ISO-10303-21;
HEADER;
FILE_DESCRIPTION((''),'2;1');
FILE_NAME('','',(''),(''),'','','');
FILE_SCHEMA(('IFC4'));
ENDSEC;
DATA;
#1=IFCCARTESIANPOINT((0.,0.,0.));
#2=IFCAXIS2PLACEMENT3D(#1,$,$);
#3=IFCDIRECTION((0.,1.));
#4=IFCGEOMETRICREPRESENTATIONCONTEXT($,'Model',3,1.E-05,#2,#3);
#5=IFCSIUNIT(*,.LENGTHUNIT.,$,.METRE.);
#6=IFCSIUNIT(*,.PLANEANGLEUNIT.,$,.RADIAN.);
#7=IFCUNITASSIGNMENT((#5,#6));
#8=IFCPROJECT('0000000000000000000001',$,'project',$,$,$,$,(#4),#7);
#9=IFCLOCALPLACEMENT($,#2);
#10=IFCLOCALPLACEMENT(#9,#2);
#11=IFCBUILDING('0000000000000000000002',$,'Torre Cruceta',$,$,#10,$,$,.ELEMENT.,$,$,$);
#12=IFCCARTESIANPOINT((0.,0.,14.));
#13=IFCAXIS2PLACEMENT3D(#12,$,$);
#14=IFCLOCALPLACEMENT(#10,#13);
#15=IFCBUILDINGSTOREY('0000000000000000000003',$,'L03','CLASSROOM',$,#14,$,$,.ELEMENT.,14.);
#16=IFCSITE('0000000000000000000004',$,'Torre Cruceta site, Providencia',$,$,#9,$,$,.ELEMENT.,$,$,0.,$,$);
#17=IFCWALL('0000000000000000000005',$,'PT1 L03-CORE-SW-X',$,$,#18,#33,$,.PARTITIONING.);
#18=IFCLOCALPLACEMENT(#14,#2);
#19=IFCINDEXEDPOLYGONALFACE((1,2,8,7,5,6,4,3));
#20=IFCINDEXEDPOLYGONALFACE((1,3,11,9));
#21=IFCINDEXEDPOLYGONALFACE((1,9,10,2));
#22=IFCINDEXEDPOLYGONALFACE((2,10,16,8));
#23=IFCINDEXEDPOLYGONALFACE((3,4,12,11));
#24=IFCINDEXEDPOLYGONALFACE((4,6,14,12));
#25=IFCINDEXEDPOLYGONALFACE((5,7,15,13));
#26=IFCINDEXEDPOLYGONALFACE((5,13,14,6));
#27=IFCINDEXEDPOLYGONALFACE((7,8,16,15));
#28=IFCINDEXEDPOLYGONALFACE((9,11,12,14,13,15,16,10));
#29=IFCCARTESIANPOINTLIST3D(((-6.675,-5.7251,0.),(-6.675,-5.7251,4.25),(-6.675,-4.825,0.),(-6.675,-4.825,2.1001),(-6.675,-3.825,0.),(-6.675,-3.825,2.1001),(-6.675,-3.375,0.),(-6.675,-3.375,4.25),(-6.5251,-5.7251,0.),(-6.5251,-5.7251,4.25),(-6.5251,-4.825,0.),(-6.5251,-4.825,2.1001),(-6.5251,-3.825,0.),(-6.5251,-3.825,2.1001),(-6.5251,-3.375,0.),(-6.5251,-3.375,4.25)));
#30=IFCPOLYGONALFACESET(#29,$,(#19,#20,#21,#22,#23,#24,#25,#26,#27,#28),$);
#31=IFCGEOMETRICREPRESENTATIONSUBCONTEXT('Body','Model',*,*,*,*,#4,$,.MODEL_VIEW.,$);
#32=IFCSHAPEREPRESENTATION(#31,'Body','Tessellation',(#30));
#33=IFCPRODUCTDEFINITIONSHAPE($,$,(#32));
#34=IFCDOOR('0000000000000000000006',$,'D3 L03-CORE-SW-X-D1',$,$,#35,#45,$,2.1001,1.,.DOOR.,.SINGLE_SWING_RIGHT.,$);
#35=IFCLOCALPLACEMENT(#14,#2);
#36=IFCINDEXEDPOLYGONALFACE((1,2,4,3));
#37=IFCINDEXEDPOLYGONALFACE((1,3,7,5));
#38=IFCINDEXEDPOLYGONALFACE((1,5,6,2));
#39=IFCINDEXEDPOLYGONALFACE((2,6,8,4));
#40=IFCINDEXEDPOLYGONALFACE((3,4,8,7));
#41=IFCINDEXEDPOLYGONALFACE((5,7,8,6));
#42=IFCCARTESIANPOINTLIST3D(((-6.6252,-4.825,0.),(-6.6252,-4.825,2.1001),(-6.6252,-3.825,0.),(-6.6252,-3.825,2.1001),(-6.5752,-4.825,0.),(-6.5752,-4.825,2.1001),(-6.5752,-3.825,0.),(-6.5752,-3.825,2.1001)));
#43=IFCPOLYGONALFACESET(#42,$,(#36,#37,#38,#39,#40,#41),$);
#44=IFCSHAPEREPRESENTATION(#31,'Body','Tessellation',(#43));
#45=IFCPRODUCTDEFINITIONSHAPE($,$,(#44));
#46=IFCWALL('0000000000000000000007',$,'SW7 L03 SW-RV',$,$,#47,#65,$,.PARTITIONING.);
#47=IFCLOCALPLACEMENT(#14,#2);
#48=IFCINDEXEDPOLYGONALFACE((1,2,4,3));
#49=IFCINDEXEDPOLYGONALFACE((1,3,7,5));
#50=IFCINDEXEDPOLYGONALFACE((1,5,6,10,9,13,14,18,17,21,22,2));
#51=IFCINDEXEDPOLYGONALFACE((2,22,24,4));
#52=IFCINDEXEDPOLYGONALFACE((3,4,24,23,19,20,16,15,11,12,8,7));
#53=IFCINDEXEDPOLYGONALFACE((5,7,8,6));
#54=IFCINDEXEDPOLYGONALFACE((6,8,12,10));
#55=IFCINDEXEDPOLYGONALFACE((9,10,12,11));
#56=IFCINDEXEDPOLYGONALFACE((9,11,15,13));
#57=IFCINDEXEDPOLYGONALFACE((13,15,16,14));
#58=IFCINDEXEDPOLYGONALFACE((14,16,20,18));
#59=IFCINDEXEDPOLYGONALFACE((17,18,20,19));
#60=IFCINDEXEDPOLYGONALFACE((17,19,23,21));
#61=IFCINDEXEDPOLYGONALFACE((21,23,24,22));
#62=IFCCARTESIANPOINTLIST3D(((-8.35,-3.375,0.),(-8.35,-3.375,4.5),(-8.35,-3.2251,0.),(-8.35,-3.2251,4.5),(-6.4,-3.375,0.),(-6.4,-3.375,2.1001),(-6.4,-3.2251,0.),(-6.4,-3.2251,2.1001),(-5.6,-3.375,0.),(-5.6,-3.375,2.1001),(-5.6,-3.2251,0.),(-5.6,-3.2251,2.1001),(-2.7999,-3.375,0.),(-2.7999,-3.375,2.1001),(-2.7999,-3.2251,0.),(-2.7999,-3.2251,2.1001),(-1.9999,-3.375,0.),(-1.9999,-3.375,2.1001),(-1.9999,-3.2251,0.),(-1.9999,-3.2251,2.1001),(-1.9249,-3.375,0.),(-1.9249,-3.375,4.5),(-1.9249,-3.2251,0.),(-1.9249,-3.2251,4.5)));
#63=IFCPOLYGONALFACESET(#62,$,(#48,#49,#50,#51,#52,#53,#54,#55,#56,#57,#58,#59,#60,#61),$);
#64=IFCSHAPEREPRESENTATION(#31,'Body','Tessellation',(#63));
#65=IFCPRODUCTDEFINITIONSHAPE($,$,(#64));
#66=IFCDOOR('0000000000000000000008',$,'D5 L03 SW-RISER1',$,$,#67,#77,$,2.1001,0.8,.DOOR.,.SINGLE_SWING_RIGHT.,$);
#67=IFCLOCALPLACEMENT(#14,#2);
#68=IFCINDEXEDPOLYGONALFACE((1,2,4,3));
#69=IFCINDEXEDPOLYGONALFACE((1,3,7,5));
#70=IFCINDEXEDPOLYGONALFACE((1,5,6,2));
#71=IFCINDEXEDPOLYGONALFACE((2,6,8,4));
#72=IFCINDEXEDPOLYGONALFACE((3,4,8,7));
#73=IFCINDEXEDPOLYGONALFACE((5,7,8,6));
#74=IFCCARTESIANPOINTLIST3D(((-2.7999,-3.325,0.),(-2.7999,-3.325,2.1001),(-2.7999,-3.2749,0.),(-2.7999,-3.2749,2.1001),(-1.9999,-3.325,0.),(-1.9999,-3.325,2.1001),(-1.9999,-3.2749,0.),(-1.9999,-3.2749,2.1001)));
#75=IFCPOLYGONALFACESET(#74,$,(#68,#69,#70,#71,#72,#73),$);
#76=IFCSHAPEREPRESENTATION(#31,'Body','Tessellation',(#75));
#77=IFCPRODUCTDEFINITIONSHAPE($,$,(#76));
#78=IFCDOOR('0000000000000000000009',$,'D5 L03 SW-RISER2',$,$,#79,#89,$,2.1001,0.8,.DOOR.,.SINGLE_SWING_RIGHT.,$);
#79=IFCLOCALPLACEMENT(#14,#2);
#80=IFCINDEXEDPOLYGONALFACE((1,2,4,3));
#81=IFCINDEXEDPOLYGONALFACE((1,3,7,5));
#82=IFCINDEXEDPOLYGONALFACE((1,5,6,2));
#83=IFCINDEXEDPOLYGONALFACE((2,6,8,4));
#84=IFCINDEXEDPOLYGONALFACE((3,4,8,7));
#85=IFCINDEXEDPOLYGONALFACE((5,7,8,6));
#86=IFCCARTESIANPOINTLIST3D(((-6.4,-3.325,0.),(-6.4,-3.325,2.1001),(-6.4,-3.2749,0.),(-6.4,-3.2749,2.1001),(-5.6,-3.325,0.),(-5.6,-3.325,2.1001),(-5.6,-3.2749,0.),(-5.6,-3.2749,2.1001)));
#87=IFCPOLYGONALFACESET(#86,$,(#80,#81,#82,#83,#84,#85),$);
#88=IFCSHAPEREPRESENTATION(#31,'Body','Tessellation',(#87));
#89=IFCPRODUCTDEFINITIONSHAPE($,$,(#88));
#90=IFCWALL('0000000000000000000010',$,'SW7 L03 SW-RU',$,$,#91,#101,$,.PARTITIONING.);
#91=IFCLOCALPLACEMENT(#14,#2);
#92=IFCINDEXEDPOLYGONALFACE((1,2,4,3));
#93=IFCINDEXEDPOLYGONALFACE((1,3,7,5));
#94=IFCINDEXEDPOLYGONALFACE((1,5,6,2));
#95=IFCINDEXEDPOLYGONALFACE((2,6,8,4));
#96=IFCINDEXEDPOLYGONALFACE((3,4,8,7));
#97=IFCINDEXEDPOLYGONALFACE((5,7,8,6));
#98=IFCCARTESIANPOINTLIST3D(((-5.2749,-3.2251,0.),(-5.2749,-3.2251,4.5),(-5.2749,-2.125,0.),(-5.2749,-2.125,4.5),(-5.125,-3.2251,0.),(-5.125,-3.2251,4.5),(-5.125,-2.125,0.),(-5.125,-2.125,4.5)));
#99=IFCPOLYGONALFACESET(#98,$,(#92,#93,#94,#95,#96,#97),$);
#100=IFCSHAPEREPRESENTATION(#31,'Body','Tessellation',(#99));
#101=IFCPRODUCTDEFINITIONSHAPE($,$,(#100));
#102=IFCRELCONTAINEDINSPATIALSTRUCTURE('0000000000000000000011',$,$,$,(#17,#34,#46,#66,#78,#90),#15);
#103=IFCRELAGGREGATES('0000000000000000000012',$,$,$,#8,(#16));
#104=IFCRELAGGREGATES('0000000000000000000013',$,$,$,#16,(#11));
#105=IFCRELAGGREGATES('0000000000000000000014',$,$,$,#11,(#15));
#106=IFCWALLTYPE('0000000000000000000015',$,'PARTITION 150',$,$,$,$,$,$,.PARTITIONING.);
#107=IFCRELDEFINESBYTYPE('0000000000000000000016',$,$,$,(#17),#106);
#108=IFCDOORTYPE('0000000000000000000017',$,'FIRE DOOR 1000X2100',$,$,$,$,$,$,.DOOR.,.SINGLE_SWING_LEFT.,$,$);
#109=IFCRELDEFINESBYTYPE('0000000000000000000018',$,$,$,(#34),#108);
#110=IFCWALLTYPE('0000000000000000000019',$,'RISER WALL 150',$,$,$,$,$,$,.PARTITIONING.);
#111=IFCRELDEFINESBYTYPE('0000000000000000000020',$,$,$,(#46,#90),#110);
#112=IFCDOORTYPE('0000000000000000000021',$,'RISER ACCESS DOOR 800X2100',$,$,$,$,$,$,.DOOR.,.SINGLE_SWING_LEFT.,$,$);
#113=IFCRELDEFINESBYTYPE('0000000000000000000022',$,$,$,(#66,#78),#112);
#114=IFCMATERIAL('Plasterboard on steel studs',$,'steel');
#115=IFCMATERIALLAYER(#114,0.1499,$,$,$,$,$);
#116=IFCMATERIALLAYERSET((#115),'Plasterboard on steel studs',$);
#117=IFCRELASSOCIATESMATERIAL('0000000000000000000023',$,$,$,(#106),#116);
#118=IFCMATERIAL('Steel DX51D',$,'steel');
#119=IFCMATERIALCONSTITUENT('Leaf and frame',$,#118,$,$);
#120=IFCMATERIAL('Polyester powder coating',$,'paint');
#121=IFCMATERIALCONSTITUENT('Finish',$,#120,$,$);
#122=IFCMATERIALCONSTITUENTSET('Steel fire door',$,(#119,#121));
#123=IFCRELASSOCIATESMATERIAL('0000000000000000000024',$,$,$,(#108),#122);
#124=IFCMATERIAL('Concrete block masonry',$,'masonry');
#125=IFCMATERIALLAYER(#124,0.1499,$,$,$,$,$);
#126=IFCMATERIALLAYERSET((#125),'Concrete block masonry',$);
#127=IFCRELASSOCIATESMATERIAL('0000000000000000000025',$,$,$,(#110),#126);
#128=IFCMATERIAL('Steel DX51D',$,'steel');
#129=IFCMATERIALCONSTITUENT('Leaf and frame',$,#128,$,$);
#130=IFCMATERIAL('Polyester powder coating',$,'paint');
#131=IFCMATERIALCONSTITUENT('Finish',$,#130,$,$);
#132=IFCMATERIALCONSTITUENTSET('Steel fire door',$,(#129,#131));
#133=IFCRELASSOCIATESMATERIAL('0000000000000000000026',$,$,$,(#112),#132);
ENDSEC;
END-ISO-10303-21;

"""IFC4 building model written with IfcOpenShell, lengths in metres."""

from ifc_helpers import new_model, si_unit, direction, frame, frame_2d, origin, place, context, subcontext, project, spatial, rectangle, extrude, material, layer, layer_set, constituent, constituent_set, type_object, element, fill, save


model = new_model("IFC4")

# Units and contexts
model_context = context("Model", 3, precision=1e-05, world=origin(), true_north=direction((0.0, 1.0)))
body_context = subcontext(model_context, "Body", "Model", "MODEL_VIEW")
ifc_project = project(units=[si_unit("LENGTHUNIT", "METRE"), si_unit("PLANEANGLEUNIT", "RADIAN")], contexts=[model_context])

# Site, building, storey
site_placement = place(None, origin())
site = spatial("IfcSite", under=ifc_project, at=site_placement, Name="Torre Cruceta site, Providencia", CompositionType="ELEMENT", RefElevation=0.0)
building_placement = place(site_placement, origin())
building = spatial("IfcBuilding", under=site, at=building_placement, Name="Torre Cruceta", CompositionType="ELEMENT")
storey_placement = place(building_placement, frame((0.0, 0.0, 14.0)))
storey = spatial("IfcBuildingStorey", under=building, at=storey_placement, Name="L03", Description="CLASSROOM", CompositionType="ELEMENT", Elevation=14.0)

# Wall, opening, door
ifc_material_1 = material(Name="Plasterboard on steel studs", Category="steel")
ifc_layer_1 = layer(ifc_material_1, 0.1499)
ifc_layer_set_1 = layer_set([ifc_layer_1], Name="Plasterboard on steel studs")
wall_type_1 = type_object("IfcWallType", Name="PARTITION 150", PredefinedType="PARTITIONING", material=ifc_layer_set_1)
wall_1_placement = place(storey_placement, frame((-6.6001, -3.375, 0.0), z_axis=(0.0, 0.0, 1.0), x_axis=(0.0, -1.0, 0.0)))
wall_1 = element("IfcWall", 1, at=wall_1_placement, inside=storey, type_object=wall_type_1, Name="PT1 L03-CORE-SW-X", PredefinedType="PARTITIONING", context=body_context, shape_type="SweptSolid", body=[
    extrude(rectangle(XDim=2.3501, YDim=0.1499, at=frame_2d((1.175, 0.0))), origin(), (0.0, 0.0, 1.0), 4.25),
])
opening_1_placement = place(wall_1_placement, frame((0.45, 0.0, 0.0)))
opening_1 = element("IfcOpeningElement", 2, at=opening_1_placement, cuts=wall_1, PredefinedType="OPENING", context=body_context, shape_type="SweptSolid", body=[
    extrude(rectangle(XDim=1.0, YDim=2.1001, at=frame_2d((0.5, 1.05))), frame((0.0, 0.085, 0.0), z_axis=(0.0, -1.0, 0.0), x_axis=(1.0, 0.0, 0.0)), (0.0, 0.0, 1.0), 0.1699),
])
ifc_material_2 = material(Name="Steel DX51D", Category="steel")
ifc_constituent_1 = constituent(ifc_material_2, Name="Leaf and frame")
ifc_material_3 = material(Name="Polyester powder coating", Category="paint")
ifc_constituent_2 = constituent(ifc_material_3, Name="Finish")
ifc_constituent_set_1 = constituent_set(constituents=[ifc_constituent_1, ifc_constituent_2], Name="Steel fire door")
door_type_1 = type_object("IfcDoorType", Name="FIRE DOOR 1000X2100", OperationType="SINGLE_SWING_LEFT", PredefinedType="DOOR", material=ifc_constituent_set_1)
door_1_placement = place(opening_1_placement, frame((1.0, 0.0, 0.0), z_axis=(0.0, 0.0, 1.0), x_axis=(-1.0, 0.0, 0.0)))
door_1 = element("IfcDoor", 3, at=door_1_placement, inside=storey, type_object=door_type_1, Name="D3 L03-CORE-SW-X-D1", OperationType="SINGLE_SWING_RIGHT", OverallHeight=2.1001, OverallWidth=1.0, PredefinedType="DOOR", context=body_context, shape_type="SweptSolid", body=[
    extrude(rectangle(XDim=1.0, YDim=2.1001, at=frame_2d((0.5, 1.05))), frame((0.0, 0.0251, 0.0), z_axis=(0.0, -1.0, 0.0), x_axis=(1.0, 0.0, 0.0)), (0.0, 0.0, 1.0), 0.05),
])
fill(opening_1, door_1)

# Wall, openings, doors
ifc_material_4 = material(Name="Concrete block masonry", Category="masonry")
ifc_layer_2 = layer(ifc_material_4, 0.1499)
ifc_layer_set_2 = layer_set([ifc_layer_2], Name="Concrete block masonry")
wall_type_2 = type_object("IfcWallType", Name="RISER WALL 150", PredefinedType="PARTITIONING", material=ifc_layer_set_2)
wall_2_placement = place(storey_placement, frame((-1.925, -3.3, 0.0), z_axis=(0.0, 0.0, 1.0), x_axis=(-1.0, 0.0, 0.0)))
wall_2 = element("IfcWall", 4, at=wall_2_placement, inside=storey, type_object=wall_type_2, Name="SW7 L03 SW-RV", PredefinedType="PARTITIONING", context=body_context, shape_type="SweptSolid", body=[
    extrude(rectangle(XDim=6.425, YDim=0.1499, at=frame_2d((3.2124, 0.0))), origin(), (0.0, 0.0, 1.0), 4.5),
])
opening_2_placement = place(wall_2_placement, frame((0.075, 0.0, 0.0)))
opening_2 = element("IfcOpeningElement", 5, at=opening_2_placement, cuts=wall_2, PredefinedType="OPENING", context=body_context, shape_type="SweptSolid", body=[
    extrude(rectangle(XDim=0.8, YDim=2.1001, at=frame_2d((0.3999, 1.05))), frame((0.0, 0.085, 0.0), z_axis=(0.0, -1.0, 0.0), x_axis=(1.0, 0.0, 0.0)), (0.0, 0.0, 1.0), 0.1699),
])
opening_3_placement = place(wall_2_placement, frame((3.675, 0.0, 0.0)))
opening_3 = element("IfcOpeningElement", 6, at=opening_3_placement, cuts=wall_2, PredefinedType="OPENING", context=body_context, shape_type="SweptSolid", body=[
    extrude(rectangle(XDim=0.8, YDim=2.1001, at=frame_2d((0.3999, 1.05))), frame((0.0, 0.085, 0.0), z_axis=(0.0, -1.0, 0.0), x_axis=(1.0, 0.0, 0.0)), (0.0, 0.0, 1.0), 0.1699),
])
ifc_material_5 = material(Name="Steel DX51D", Category="steel")
ifc_constituent_3 = constituent(ifc_material_5, Name="Leaf and frame")
ifc_material_6 = material(Name="Polyester powder coating", Category="paint")
ifc_constituent_4 = constituent(ifc_material_6, Name="Finish")
ifc_constituent_set_2 = constituent_set(constituents=[ifc_constituent_3, ifc_constituent_4], Name="Steel fire door")
door_type_2 = type_object("IfcDoorType", Name="RISER ACCESS DOOR 800X2100", OperationType="SINGLE_SWING_LEFT", PredefinedType="DOOR", material=ifc_constituent_set_2)
door_2_placement = place(opening_2_placement, frame((0.8, 0.0, 0.0), z_axis=(0.0, 0.0, 1.0), x_axis=(-1.0, 0.0, 0.0)))
door_2 = element("IfcDoor", 7, at=door_2_placement, inside=storey, type_object=door_type_2, Name="D5 L03 SW-RISER1", OperationType="SINGLE_SWING_RIGHT", OverallHeight=2.1001, OverallWidth=0.8, PredefinedType="DOOR", context=body_context, shape_type="SweptSolid", body=[
    extrude(rectangle(XDim=0.8, YDim=2.1001, at=frame_2d((0.4001, 1.05))), frame((0.0, 0.0251, 0.0), z_axis=(0.0, -1.0, 0.0), x_axis=(1.0, 0.0, 0.0)), (0.0, 0.0, 1.0), 0.05),
])
fill(opening_2, door_2)
door_3_placement = place(opening_3_placement, frame((0.8, 0.0, 0.0), z_axis=(0.0, 0.0, 1.0), x_axis=(-1.0, 0.0, 0.0)))
door_3 = element("IfcDoor", 8, at=door_3_placement, inside=storey, type_object=door_type_2, Name="D5 L03 SW-RISER2", OperationType="SINGLE_SWING_RIGHT", OverallHeight=2.1001, OverallWidth=0.8, PredefinedType="DOOR", context=body_context, shape_type="SweptSolid", body=[
    extrude(rectangle(XDim=0.8, YDim=2.1001, at=frame_2d((0.4001, 1.05))), frame((0.0, 0.0251, 0.0), z_axis=(0.0, -1.0, 0.0), x_axis=(1.0, 0.0, 0.0)), (0.0, 0.0, 1.0), 0.05),
])
fill(opening_3, door_3)

# Wall
wall_3_placement = place(storey_placement, frame((-5.2, -2.125, 0.0), z_axis=(0.0, 0.0, 1.0), x_axis=(0.0, -1.0, 0.0)))
element("IfcWall", 9, at=wall_3_placement, inside=storey, type_object=wall_type_2, Name="SW7 L03 SW-RU", PredefinedType="PARTITIONING", context=body_context, shape_type="SweptSolid", body=[
    extrude(rectangle(XDim=1.1001, YDim=0.1499, at=frame_2d((0.55, 0.0))), origin(), (0.0, 0.0, 1.0), 4.5),
])

save(model, "model.ifc")
